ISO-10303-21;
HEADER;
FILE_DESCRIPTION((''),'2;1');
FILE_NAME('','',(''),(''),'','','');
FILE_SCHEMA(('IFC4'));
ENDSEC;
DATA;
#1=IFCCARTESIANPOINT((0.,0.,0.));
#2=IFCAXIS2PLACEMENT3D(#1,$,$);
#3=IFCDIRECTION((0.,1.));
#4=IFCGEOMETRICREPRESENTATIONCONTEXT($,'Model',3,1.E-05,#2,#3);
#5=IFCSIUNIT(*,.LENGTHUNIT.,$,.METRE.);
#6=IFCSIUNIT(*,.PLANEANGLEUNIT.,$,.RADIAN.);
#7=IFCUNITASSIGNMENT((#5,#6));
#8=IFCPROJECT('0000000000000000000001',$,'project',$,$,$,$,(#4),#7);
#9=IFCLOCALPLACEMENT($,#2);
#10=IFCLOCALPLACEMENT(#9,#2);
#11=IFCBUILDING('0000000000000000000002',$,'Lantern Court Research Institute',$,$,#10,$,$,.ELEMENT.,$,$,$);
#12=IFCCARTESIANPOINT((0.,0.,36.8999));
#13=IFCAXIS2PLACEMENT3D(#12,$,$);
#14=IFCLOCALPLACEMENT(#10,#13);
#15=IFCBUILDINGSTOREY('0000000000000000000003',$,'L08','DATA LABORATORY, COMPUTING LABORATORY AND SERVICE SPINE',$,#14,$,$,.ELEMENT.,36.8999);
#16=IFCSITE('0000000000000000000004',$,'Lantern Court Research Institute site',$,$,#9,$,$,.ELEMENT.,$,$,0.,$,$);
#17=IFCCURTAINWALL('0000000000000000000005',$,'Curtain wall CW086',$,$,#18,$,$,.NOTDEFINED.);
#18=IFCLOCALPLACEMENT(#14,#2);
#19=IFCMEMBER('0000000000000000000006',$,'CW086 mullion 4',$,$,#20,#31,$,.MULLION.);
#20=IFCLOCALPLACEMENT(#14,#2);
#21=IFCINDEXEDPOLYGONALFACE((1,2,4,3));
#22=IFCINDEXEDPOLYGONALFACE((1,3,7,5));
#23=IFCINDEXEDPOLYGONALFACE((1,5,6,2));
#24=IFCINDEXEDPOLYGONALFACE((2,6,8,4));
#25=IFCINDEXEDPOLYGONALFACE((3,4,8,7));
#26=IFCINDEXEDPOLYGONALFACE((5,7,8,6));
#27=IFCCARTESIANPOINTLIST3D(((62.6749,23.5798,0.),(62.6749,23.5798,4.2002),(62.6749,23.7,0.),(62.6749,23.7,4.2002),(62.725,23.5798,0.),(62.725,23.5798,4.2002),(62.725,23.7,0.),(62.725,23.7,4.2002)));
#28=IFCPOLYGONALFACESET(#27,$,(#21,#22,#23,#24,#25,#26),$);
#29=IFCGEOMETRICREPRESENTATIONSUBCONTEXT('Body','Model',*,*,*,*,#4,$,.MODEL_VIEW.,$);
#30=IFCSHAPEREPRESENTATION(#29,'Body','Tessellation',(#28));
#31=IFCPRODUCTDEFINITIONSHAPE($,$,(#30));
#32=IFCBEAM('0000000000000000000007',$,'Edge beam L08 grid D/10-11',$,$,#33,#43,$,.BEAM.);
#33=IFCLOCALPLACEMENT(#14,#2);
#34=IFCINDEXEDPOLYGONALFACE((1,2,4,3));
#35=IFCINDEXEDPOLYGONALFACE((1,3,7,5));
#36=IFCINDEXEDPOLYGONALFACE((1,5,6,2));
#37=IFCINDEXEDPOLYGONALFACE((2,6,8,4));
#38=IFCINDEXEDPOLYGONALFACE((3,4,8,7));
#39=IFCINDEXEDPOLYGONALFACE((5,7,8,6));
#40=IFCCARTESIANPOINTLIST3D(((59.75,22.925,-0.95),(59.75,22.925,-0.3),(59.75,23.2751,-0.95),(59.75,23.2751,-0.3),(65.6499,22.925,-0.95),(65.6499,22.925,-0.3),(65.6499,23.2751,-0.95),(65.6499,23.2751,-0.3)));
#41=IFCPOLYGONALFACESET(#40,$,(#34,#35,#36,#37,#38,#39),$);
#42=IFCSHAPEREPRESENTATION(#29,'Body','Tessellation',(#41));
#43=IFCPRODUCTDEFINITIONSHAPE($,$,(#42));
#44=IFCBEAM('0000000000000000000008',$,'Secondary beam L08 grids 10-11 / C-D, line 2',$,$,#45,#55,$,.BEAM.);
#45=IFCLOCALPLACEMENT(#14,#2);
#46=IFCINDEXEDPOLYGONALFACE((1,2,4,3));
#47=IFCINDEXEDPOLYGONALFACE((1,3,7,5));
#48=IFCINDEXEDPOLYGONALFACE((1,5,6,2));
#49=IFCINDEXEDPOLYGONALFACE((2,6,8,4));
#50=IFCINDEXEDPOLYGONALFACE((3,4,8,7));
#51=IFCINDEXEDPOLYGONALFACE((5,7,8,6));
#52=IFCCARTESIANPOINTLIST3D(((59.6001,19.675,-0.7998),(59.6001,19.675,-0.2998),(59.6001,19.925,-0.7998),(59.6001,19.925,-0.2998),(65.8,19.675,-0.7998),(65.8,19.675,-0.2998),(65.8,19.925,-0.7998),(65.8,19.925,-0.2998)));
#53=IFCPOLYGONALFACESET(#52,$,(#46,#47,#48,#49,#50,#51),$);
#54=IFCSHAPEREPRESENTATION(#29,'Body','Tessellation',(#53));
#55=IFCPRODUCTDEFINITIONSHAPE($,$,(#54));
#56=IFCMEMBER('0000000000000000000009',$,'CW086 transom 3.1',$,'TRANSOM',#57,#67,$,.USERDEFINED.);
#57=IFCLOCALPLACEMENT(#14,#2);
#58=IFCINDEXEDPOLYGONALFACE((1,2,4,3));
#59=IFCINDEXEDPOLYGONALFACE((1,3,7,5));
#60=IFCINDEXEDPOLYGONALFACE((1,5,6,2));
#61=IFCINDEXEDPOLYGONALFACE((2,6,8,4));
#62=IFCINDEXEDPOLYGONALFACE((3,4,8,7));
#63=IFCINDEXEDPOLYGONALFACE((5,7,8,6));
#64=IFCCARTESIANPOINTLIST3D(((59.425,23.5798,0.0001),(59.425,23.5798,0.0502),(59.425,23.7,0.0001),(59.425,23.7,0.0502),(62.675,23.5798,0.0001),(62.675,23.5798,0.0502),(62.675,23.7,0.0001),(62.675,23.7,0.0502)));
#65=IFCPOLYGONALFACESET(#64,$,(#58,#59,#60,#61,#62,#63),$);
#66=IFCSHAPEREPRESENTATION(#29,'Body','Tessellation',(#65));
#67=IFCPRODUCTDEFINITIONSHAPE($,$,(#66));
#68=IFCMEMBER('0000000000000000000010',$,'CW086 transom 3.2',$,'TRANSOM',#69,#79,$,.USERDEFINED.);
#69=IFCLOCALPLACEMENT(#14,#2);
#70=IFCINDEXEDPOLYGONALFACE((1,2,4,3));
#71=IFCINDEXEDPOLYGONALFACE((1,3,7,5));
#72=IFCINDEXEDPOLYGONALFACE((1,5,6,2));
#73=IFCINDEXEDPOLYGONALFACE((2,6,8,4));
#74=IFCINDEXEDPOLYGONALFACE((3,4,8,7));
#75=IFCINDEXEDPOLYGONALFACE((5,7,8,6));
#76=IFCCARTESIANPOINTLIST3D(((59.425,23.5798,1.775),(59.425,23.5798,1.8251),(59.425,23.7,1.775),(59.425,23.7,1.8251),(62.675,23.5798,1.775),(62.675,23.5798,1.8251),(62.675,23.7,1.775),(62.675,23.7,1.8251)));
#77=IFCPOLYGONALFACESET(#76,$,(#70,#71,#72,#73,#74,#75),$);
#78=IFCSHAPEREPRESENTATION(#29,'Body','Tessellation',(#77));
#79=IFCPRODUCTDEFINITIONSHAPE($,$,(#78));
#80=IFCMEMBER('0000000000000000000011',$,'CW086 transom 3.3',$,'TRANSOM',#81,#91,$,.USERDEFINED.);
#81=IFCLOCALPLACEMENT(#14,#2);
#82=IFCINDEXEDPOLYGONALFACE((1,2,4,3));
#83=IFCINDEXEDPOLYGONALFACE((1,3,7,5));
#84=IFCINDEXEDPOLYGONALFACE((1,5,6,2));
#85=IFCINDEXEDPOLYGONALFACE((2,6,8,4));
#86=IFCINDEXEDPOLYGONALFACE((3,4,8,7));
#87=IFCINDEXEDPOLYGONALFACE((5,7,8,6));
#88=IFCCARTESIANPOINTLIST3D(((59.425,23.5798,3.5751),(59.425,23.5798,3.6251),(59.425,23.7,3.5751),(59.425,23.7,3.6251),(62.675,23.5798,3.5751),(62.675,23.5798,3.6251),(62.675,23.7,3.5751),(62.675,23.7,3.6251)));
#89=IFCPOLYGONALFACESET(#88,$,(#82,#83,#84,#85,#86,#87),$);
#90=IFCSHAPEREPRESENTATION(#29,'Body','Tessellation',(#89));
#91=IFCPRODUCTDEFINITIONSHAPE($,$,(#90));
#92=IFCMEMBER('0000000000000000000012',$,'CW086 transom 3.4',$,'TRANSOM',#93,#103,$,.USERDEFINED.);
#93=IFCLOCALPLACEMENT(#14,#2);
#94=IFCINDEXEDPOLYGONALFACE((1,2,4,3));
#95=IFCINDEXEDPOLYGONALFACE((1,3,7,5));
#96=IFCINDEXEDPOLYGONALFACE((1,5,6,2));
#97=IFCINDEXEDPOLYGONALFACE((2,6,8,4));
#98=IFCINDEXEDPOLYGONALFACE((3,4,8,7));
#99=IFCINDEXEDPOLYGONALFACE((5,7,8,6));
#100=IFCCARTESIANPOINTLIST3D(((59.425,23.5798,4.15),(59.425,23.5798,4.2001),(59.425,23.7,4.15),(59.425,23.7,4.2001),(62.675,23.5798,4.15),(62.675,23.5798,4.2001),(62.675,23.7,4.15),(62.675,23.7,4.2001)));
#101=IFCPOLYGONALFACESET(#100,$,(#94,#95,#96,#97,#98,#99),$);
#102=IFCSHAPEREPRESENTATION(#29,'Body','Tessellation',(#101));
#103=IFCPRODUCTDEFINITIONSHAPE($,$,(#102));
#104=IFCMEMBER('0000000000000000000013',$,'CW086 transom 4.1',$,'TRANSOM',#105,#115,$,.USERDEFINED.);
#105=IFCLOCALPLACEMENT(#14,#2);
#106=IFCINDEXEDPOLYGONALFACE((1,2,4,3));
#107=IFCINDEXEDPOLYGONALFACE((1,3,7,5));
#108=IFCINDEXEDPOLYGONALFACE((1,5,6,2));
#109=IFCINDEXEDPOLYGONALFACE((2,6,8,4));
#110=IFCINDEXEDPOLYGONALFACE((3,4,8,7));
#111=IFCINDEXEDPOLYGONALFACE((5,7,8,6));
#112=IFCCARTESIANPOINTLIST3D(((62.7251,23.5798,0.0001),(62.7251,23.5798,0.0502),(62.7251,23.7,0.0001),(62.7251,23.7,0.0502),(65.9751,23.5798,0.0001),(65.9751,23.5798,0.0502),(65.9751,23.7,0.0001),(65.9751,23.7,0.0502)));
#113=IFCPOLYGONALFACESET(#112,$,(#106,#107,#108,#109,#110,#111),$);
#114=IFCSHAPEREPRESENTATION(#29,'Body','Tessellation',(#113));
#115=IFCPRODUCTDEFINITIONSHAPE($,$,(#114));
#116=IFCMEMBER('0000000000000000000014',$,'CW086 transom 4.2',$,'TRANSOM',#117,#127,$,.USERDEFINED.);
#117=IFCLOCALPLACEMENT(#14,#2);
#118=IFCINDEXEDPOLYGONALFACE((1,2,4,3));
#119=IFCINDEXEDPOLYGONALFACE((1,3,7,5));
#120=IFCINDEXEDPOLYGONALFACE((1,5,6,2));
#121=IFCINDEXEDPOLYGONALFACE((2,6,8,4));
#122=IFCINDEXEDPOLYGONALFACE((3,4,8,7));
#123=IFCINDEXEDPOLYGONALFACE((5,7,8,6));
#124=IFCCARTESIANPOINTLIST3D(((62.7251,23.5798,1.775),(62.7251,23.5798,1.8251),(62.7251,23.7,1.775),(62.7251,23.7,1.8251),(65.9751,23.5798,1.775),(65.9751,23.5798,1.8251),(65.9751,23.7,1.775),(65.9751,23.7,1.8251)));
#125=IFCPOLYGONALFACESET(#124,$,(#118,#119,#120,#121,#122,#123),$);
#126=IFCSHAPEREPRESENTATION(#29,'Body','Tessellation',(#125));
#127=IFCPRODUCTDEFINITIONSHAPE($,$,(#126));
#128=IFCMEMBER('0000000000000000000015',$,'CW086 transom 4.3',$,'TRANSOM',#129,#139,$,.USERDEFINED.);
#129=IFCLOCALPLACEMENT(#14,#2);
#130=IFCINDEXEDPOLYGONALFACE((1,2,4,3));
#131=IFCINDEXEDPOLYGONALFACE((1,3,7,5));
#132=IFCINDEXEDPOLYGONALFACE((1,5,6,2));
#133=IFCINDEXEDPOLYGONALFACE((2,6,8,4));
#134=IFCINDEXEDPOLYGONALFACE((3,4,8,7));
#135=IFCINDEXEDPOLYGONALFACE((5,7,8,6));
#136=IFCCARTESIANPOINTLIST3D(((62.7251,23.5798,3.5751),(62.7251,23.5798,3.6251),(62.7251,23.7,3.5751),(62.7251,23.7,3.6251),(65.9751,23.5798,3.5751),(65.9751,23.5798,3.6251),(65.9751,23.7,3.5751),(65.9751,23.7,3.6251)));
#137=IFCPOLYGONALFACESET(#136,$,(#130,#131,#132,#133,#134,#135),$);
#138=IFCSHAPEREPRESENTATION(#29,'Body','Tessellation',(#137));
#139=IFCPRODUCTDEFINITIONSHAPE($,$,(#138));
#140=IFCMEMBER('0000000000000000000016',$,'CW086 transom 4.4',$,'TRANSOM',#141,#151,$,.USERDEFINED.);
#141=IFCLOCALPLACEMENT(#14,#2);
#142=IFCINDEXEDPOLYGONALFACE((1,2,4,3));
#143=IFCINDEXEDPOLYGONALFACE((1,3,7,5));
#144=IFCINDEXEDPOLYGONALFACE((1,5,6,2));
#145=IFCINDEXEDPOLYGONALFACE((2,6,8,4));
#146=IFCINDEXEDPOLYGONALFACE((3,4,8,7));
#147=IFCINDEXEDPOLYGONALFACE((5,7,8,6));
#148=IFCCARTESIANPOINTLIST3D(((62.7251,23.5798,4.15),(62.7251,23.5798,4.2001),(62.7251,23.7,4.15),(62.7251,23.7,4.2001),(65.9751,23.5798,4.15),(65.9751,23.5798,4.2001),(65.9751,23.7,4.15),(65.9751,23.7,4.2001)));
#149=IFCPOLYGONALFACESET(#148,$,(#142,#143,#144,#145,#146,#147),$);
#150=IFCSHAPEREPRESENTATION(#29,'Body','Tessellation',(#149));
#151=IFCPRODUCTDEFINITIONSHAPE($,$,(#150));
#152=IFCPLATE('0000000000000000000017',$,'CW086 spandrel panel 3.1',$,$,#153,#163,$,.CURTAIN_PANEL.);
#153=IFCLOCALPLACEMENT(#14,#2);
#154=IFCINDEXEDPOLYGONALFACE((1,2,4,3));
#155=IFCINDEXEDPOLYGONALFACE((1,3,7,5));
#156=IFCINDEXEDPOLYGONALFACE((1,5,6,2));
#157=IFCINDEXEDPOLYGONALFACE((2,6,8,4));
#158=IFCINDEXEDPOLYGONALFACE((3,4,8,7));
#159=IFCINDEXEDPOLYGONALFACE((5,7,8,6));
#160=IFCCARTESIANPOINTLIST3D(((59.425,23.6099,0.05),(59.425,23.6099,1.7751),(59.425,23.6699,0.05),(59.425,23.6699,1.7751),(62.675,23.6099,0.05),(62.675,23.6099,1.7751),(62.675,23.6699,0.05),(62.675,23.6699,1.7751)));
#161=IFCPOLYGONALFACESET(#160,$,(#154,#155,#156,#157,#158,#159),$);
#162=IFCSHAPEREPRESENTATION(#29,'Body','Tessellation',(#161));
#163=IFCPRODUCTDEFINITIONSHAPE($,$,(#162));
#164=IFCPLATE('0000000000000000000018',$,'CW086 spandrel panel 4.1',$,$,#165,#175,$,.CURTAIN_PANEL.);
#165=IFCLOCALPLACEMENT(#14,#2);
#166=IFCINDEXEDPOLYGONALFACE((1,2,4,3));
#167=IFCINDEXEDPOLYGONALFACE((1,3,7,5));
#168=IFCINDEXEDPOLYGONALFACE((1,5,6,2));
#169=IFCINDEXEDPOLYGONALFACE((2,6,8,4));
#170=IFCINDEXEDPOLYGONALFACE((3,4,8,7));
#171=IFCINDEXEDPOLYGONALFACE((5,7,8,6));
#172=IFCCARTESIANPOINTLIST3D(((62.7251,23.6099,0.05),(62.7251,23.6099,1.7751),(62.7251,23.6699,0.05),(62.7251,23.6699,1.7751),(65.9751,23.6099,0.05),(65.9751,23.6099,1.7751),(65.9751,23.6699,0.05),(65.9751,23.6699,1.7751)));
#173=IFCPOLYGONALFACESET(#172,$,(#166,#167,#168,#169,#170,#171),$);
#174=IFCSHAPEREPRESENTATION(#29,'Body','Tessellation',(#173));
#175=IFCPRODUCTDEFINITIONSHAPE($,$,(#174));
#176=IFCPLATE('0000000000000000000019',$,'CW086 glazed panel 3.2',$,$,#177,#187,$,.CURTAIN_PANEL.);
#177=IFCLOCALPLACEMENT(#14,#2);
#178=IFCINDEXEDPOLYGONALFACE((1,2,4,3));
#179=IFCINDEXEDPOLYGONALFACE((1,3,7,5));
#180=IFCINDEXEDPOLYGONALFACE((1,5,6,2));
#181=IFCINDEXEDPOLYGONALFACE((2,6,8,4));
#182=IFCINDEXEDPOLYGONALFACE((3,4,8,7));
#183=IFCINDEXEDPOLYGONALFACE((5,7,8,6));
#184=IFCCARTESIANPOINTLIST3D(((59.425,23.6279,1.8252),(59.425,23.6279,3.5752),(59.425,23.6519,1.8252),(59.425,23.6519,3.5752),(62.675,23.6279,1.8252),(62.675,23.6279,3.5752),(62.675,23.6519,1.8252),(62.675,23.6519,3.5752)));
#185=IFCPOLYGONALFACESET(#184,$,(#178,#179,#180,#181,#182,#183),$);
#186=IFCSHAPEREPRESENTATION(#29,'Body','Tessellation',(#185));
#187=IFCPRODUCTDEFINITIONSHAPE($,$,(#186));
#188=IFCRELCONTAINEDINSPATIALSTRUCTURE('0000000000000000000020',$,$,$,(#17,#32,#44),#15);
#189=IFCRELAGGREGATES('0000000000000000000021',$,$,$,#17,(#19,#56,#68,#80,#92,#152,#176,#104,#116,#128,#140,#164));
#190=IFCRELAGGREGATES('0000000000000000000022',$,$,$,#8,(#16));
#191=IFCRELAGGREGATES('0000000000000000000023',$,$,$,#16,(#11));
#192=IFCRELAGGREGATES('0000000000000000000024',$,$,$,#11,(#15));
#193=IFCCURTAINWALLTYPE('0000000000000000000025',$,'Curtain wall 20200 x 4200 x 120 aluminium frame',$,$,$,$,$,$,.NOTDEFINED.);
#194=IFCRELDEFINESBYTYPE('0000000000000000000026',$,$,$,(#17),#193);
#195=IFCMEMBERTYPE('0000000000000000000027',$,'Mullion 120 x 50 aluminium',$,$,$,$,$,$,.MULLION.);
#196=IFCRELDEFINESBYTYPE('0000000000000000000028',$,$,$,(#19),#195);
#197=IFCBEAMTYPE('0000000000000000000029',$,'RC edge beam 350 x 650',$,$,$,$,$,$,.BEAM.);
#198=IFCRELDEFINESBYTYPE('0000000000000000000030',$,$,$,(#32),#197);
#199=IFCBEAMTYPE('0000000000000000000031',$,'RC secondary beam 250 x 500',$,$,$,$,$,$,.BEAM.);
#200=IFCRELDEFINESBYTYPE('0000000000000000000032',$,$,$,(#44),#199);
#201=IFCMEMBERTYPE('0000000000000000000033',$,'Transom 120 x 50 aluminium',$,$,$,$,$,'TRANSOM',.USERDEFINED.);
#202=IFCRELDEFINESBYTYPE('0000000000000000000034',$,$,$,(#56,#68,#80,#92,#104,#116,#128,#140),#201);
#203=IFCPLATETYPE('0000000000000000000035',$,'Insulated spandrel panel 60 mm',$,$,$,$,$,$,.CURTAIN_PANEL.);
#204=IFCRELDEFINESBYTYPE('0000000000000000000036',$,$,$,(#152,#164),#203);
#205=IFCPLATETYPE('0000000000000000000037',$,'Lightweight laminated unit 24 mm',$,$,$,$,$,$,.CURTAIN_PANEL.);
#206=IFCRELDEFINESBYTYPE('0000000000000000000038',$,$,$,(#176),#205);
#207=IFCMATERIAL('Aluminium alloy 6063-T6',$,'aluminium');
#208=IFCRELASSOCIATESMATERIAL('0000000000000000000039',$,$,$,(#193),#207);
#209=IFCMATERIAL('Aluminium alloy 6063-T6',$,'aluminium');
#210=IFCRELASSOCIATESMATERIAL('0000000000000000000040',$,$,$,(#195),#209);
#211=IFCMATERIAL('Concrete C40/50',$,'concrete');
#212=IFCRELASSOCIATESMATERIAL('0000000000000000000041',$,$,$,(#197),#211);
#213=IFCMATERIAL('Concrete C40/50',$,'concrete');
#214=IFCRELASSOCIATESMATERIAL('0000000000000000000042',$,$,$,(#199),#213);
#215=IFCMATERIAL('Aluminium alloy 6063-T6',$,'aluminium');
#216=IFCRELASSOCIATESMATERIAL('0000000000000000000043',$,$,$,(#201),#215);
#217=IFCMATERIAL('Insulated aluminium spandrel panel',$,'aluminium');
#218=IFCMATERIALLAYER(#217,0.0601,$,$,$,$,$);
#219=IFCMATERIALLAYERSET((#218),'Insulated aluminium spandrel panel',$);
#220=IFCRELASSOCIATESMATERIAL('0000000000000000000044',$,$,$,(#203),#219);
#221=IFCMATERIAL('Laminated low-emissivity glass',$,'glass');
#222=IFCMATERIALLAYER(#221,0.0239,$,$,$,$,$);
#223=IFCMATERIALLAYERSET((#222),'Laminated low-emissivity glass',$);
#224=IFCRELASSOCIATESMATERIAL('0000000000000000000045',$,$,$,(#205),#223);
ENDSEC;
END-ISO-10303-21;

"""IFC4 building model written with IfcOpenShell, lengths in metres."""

from ifc_helpers import new_model, si_unit, direction, frame, origin, origin_2d, place, context, subcontext, project, spatial, rectangle, extrude, material, layer, layer_set, material_profile, profile_set, type_object, element, aggregate, save


model = new_model("IFC4")

# Units and contexts
model_context = context("Model", 3, precision=1e-05, world=origin(), true_north=direction((0.0, 1.0)))
body_context = subcontext(model_context, "Body", "Model", "MODEL_VIEW")
ifc_project = project(units=[si_unit("LENGTHUNIT", "METRE"), si_unit("PLANEANGLEUNIT", "RADIAN")], contexts=[model_context])

# Site, building, storey
site_placement = place(None, origin())
site = spatial("IfcSite", under=ifc_project, at=site_placement, Name="Lantern Court Research Institute site", CompositionType="ELEMENT", RefElevation=0.0)
building_placement = place(site_placement, origin())
building = spatial("IfcBuilding", under=site, at=building_placement, Name="Lantern Court Research Institute", CompositionType="ELEMENT")
storey_placement = place(building_placement, frame((0.0, 0.0, 36.8999)))
storey = spatial("IfcBuildingStorey", under=building, at=storey_placement, Name="L08", Description="DATA LABORATORY, COMPUTING LABORATORY AND SERVICE SPINE", CompositionType="ELEMENT", Elevation=36.8999)

# Curtain wall, member
ifc_material_1 = material(Name="Aluminium alloy 6063-T6", Category="aluminium")
curtain_wall_type = type_object("IfcCurtainWallType", Name="Curtain wall 20200 x 4200 x 120 aluminium frame", PredefinedType="NOTDEFINED", material=ifc_material_1)
curtain_wall_placement = place(storey_placement, origin())
curtain_wall = element("IfcCurtainWall", 1, at=curtain_wall_placement, inside=storey, type_object=curtain_wall_type, Name="Curtain wall CW086", PredefinedType="NOTDEFINED")
ifc_material_2 = material(Name="Aluminium alloy 6063-T6", Category="aluminium")
ifc_material_profile_1 = material_profile(ifc_material_2, rectangle(XDim=0.1201, YDim=0.05, at=origin_2d()), Name="Mullion 120 x 50")
ifc_profile_set_1 = profile_set([ifc_material_profile_1], Name="Aluminium alloy 6063-T6")
member_type_1 = type_object("IfcMemberType", Name="Mullion 120 x 50 aluminium", PredefinedType="MULLION", material=ifc_profile_set_1)
member_1_placement = place(storey_placement, frame((62.7, 23.6399, 0.0), z_axis=(0.0, 0.0, 1.0), x_axis=(0.0, 1.0, 0.0)))
member_1 = element("IfcMember", 2, at=member_1_placement, type_object=member_type_1, Name="CW086 mullion 4", PredefinedType="MULLION", context=body_context, shape_type="SweptSolid", body=[
    extrude(rectangle(XDim=0.1201, YDim=0.05, at=origin_2d()), origin(), (0.0, 0.0, 1.0), 4.2002),
])

# Beams
ifc_material_3 = material(Name="Concrete C40/50", Category="concrete")
ifc_material_profile_2 = material_profile(ifc_material_3, rectangle(XDim=0.3501, YDim=0.6499, at=origin_2d()), Name="RC beam 350 x 650")
ifc_profile_set_2 = profile_set([ifc_material_profile_2], Name="Concrete C40/50")
beam_type_1 = type_object("IfcBeamType", Name="RC edge beam 350 x 650", PredefinedType="BEAM", material=ifc_profile_set_2)
beam_1_placement = place(storey_placement, frame((59.75, 23.1001, -0.625), z_axis=(1.0, 0.0, 0.0), x_axis=(0.0, 1.0, 0.0)))
element("IfcBeam", 3, at=beam_1_placement, inside=storey, type_object=beam_type_1, Name="Edge beam L08 grid D/10-11", PredefinedType="BEAM", context=body_context, shape_type="SweptSolid", body=[
    extrude(rectangle(XDim=0.3501, YDim=0.6499, at=origin_2d()), origin(), (0.0, 0.0, 1.0), 5.8999),
])
ifc_material_4 = material(Name="Concrete C40/50", Category="concrete")
ifc_material_profile_3 = material_profile(ifc_material_4, rectangle(XDim=0.25, YDim=0.5, at=origin_2d()), Name="RC beam 250 x 500")
ifc_profile_set_3 = profile_set([ifc_material_profile_3], Name="Concrete C40/50")
beam_type_2 = type_object("IfcBeamType", Name="RC secondary beam 250 x 500", PredefinedType="BEAM", material=ifc_profile_set_3)
beam_2_placement = place(storey_placement, frame((59.6001, 19.8, -0.5498), z_axis=(1.0, 0.0, 0.0), x_axis=(0.0, 1.0, 0.0)))
element("IfcBeam", 4, at=beam_2_placement, inside=storey, type_object=beam_type_2, Name="Secondary beam L08 grids 10-11 / C-D, line 2", PredefinedType="BEAM", context=body_context, shape_type="SweptSolid", body=[
    extrude(rectangle(XDim=0.25, YDim=0.5, at=origin_2d()), origin(), (0.0, 0.0, 1.0), 6.2),
])

# Members
ifc_material_5 = material(Name="Aluminium alloy 6063-T6", Category="aluminium")
ifc_material_profile_4 = material_profile(ifc_material_5, rectangle(XDim=0.1201, YDim=0.05, at=origin_2d()), Name="Transom 120 x 50")
ifc_profile_set_4 = profile_set([ifc_material_profile_4], Name="Aluminium alloy 6063-T6")
member_type_2 = type_object("IfcMemberType", Name="Transom 120 x 50 aluminium", ElementType="TRANSOM", PredefinedType="USERDEFINED", material=ifc_profile_set_4)
member_2_placement = place(storey_placement, frame((59.425, 23.6399, 0.0251), z_axis=(1.0, 0.0, 0.0), x_axis=(0.0, 1.0, 0.0)))
member_2 = element("IfcMember", 5, at=member_2_placement, type_object=member_type_2, Name="CW086 transom 3.1", ObjectType="TRANSOM", PredefinedType="USERDEFINED", context=body_context, shape_type="SweptSolid", body=[
    extrude(rectangle(XDim=0.1201, YDim=0.05, at=origin_2d()), origin(), (0.0, 0.0, 1.0), 3.25),
])
member_3_placement = place(storey_placement, frame((59.425, 23.6399, 1.8), z_axis=(1.0, 0.0, 0.0), x_axis=(0.0, 1.0, 0.0)))
member_3 = element("IfcMember", 6, at=member_3_placement, type_object=member_type_2, Name="CW086 transom 3.2", ObjectType="TRANSOM", PredefinedType="USERDEFINED", context=body_context, shape_type="SweptSolid", body=[
    extrude(rectangle(XDim=0.1201, YDim=0.05, at=origin_2d()), origin(), (0.0, 0.0, 1.0), 3.25),
])
member_4_placement = place(storey_placement, frame((59.425, 23.6399, 3.6001), z_axis=(1.0, 0.0, 0.0), x_axis=(0.0, 1.0, 0.0)))
member_4 = element("IfcMember", 7, at=member_4_placement, type_object=member_type_2, Name="CW086 transom 3.3", ObjectType="TRANSOM", PredefinedType="USERDEFINED", context=body_context, shape_type="SweptSolid", body=[
    extrude(rectangle(XDim=0.1201, YDim=0.05, at=origin_2d()), origin(), (0.0, 0.0, 1.0), 3.25),
])
member_5_placement = place(storey_placement, frame((59.425, 23.6399, 4.175), z_axis=(1.0, 0.0, 0.0), x_axis=(0.0, 1.0, 0.0)))
member_5 = element("IfcMember", 8, at=member_5_placement, type_object=member_type_2, Name="CW086 transom 3.4", ObjectType="TRANSOM", PredefinedType="USERDEFINED", context=body_context, shape_type="SweptSolid", body=[
    extrude(rectangle(XDim=0.1201, YDim=0.05, at=origin_2d()), origin(), (0.0, 0.0, 1.0), 3.25),
])
member_6_placement = place(storey_placement, frame((62.7251, 23.6399, 0.0251), z_axis=(1.0, 0.0, 0.0), x_axis=(0.0, 1.0, 0.0)))
member_6 = element("IfcMember", 9, at=member_6_placement, type_object=member_type_2, Name="CW086 transom 4.1", ObjectType="TRANSOM", PredefinedType="USERDEFINED", context=body_context, shape_type="SweptSolid", body=[
    extrude(rectangle(XDim=0.1201, YDim=0.05, at=origin_2d()), origin(), (0.0, 0.0, 1.0), 3.25),
])
member_7_placement = place(storey_placement, frame((62.7251, 23.6399, 1.8), z_axis=(1.0, 0.0, 0.0), x_axis=(0.0, 1.0, 0.0)))
member_7 = element("IfcMember", 10, at=member_7_placement, type_object=member_type_2, Name="CW086 transom 4.2", ObjectType="TRANSOM", PredefinedType="USERDEFINED", context=body_context, shape_type="SweptSolid", body=[
    extrude(rectangle(XDim=0.1201, YDim=0.05, at=origin_2d()), origin(), (0.0, 0.0, 1.0), 3.25),
])
member_8_placement = place(storey_placement, frame((62.7251, 23.6399, 3.6001), z_axis=(1.0, 0.0, 0.0), x_axis=(0.0, 1.0, 0.0)))
member_8 = element("IfcMember", 11, at=member_8_placement, type_object=member_type_2, Name="CW086 transom 4.3", ObjectType="TRANSOM", PredefinedType="USERDEFINED", context=body_context, shape_type="SweptSolid", body=[
    extrude(rectangle(XDim=0.1201, YDim=0.05, at=origin_2d()), origin(), (0.0, 0.0, 1.0), 3.25),
])
member_9_placement = place(storey_placement, frame((62.7251, 23.6399, 4.175), z_axis=(1.0, 0.0, 0.0), x_axis=(0.0, 1.0, 0.0)))
member_9 = element("IfcMember", 12, at=member_9_placement, type_object=member_type_2, Name="CW086 transom 4.4", ObjectType="TRANSOM", PredefinedType="USERDEFINED", context=body_context, shape_type="SweptSolid", body=[
    extrude(rectangle(XDim=0.1201, YDim=0.05, at=origin_2d()), origin(), (0.0, 0.0, 1.0), 3.25),
])

# Plates
ifc_material_6 = material(Name="Insulated aluminium spandrel panel", Category="aluminium")
ifc_layer_1 = layer(ifc_material_6, 0.0601)
ifc_layer_set_1 = layer_set([ifc_layer_1], Name="Insulated aluminium spandrel panel")
plate_type_1 = type_object("IfcPlateType", Name="Insulated spandrel panel 60 mm", PredefinedType="CURTAIN_PANEL", material=ifc_layer_set_1)
plate_1_placement = place(storey_placement, frame((61.05, 23.6399, 0.05), z_axis=(0.0, 0.0, 1.0), x_axis=(1.0, 0.0, 0.0)))
plate_1 = element("IfcPlate", 13, at=plate_1_placement, type_object=plate_type_1, Name="CW086 spandrel panel 3.1", PredefinedType="CURTAIN_PANEL", context=body_context, shape_type="SweptSolid", body=[
    extrude(rectangle(XDim=3.25, YDim=0.0601, at=origin_2d()), origin(), (0.0, 0.0, 1.0), 1.7251),
])
plate_2_placement = place(storey_placement, frame((64.3501, 23.6399, 0.05), z_axis=(0.0, 0.0, 1.0), x_axis=(1.0, 0.0, 0.0)))
plate_2 = element("IfcPlate", 14, at=plate_2_placement, type_object=plate_type_1, Name="CW086 spandrel panel 4.1", PredefinedType="CURTAIN_PANEL", context=body_context, shape_type="SweptSolid", body=[
    extrude(rectangle(XDim=3.25, YDim=0.0601, at=origin_2d()), origin(), (0.0, 0.0, 1.0), 1.7251),
])
ifc_material_7 = material(Name="Laminated low-emissivity glass", Category="glass")
ifc_layer_2 = layer(ifc_material_7, 0.0239)
ifc_layer_set_2 = layer_set([ifc_layer_2], Name="Laminated low-emissivity glass")
plate_type_2 = type_object("IfcPlateType", Name="Lightweight laminated unit 24 mm", PredefinedType="CURTAIN_PANEL", material=ifc_layer_set_2)
plate_3_placement = place(storey_placement, frame((61.05, 23.6399, 1.8252), z_axis=(0.0, 0.0, 1.0), x_axis=(1.0, 0.0, 0.0)))
plate_3 = element("IfcPlate", 15, at=plate_3_placement, type_object=plate_type_2, Name="CW086 glazed panel 3.2", PredefinedType="CURTAIN_PANEL", context=body_context, shape_type="SweptSolid", body=[
    extrude(rectangle(XDim=3.25, YDim=0.0239, at=origin_2d()), origin(), (0.0, 0.0, 1.0), 1.75),
])
aggregate(curtain_wall, [member_1, member_2, member_3, member_4, member_5, plate_1, plate_3, member_6, member_7, member_8, member_9, plate_2])

save(model, "model.ifc")
